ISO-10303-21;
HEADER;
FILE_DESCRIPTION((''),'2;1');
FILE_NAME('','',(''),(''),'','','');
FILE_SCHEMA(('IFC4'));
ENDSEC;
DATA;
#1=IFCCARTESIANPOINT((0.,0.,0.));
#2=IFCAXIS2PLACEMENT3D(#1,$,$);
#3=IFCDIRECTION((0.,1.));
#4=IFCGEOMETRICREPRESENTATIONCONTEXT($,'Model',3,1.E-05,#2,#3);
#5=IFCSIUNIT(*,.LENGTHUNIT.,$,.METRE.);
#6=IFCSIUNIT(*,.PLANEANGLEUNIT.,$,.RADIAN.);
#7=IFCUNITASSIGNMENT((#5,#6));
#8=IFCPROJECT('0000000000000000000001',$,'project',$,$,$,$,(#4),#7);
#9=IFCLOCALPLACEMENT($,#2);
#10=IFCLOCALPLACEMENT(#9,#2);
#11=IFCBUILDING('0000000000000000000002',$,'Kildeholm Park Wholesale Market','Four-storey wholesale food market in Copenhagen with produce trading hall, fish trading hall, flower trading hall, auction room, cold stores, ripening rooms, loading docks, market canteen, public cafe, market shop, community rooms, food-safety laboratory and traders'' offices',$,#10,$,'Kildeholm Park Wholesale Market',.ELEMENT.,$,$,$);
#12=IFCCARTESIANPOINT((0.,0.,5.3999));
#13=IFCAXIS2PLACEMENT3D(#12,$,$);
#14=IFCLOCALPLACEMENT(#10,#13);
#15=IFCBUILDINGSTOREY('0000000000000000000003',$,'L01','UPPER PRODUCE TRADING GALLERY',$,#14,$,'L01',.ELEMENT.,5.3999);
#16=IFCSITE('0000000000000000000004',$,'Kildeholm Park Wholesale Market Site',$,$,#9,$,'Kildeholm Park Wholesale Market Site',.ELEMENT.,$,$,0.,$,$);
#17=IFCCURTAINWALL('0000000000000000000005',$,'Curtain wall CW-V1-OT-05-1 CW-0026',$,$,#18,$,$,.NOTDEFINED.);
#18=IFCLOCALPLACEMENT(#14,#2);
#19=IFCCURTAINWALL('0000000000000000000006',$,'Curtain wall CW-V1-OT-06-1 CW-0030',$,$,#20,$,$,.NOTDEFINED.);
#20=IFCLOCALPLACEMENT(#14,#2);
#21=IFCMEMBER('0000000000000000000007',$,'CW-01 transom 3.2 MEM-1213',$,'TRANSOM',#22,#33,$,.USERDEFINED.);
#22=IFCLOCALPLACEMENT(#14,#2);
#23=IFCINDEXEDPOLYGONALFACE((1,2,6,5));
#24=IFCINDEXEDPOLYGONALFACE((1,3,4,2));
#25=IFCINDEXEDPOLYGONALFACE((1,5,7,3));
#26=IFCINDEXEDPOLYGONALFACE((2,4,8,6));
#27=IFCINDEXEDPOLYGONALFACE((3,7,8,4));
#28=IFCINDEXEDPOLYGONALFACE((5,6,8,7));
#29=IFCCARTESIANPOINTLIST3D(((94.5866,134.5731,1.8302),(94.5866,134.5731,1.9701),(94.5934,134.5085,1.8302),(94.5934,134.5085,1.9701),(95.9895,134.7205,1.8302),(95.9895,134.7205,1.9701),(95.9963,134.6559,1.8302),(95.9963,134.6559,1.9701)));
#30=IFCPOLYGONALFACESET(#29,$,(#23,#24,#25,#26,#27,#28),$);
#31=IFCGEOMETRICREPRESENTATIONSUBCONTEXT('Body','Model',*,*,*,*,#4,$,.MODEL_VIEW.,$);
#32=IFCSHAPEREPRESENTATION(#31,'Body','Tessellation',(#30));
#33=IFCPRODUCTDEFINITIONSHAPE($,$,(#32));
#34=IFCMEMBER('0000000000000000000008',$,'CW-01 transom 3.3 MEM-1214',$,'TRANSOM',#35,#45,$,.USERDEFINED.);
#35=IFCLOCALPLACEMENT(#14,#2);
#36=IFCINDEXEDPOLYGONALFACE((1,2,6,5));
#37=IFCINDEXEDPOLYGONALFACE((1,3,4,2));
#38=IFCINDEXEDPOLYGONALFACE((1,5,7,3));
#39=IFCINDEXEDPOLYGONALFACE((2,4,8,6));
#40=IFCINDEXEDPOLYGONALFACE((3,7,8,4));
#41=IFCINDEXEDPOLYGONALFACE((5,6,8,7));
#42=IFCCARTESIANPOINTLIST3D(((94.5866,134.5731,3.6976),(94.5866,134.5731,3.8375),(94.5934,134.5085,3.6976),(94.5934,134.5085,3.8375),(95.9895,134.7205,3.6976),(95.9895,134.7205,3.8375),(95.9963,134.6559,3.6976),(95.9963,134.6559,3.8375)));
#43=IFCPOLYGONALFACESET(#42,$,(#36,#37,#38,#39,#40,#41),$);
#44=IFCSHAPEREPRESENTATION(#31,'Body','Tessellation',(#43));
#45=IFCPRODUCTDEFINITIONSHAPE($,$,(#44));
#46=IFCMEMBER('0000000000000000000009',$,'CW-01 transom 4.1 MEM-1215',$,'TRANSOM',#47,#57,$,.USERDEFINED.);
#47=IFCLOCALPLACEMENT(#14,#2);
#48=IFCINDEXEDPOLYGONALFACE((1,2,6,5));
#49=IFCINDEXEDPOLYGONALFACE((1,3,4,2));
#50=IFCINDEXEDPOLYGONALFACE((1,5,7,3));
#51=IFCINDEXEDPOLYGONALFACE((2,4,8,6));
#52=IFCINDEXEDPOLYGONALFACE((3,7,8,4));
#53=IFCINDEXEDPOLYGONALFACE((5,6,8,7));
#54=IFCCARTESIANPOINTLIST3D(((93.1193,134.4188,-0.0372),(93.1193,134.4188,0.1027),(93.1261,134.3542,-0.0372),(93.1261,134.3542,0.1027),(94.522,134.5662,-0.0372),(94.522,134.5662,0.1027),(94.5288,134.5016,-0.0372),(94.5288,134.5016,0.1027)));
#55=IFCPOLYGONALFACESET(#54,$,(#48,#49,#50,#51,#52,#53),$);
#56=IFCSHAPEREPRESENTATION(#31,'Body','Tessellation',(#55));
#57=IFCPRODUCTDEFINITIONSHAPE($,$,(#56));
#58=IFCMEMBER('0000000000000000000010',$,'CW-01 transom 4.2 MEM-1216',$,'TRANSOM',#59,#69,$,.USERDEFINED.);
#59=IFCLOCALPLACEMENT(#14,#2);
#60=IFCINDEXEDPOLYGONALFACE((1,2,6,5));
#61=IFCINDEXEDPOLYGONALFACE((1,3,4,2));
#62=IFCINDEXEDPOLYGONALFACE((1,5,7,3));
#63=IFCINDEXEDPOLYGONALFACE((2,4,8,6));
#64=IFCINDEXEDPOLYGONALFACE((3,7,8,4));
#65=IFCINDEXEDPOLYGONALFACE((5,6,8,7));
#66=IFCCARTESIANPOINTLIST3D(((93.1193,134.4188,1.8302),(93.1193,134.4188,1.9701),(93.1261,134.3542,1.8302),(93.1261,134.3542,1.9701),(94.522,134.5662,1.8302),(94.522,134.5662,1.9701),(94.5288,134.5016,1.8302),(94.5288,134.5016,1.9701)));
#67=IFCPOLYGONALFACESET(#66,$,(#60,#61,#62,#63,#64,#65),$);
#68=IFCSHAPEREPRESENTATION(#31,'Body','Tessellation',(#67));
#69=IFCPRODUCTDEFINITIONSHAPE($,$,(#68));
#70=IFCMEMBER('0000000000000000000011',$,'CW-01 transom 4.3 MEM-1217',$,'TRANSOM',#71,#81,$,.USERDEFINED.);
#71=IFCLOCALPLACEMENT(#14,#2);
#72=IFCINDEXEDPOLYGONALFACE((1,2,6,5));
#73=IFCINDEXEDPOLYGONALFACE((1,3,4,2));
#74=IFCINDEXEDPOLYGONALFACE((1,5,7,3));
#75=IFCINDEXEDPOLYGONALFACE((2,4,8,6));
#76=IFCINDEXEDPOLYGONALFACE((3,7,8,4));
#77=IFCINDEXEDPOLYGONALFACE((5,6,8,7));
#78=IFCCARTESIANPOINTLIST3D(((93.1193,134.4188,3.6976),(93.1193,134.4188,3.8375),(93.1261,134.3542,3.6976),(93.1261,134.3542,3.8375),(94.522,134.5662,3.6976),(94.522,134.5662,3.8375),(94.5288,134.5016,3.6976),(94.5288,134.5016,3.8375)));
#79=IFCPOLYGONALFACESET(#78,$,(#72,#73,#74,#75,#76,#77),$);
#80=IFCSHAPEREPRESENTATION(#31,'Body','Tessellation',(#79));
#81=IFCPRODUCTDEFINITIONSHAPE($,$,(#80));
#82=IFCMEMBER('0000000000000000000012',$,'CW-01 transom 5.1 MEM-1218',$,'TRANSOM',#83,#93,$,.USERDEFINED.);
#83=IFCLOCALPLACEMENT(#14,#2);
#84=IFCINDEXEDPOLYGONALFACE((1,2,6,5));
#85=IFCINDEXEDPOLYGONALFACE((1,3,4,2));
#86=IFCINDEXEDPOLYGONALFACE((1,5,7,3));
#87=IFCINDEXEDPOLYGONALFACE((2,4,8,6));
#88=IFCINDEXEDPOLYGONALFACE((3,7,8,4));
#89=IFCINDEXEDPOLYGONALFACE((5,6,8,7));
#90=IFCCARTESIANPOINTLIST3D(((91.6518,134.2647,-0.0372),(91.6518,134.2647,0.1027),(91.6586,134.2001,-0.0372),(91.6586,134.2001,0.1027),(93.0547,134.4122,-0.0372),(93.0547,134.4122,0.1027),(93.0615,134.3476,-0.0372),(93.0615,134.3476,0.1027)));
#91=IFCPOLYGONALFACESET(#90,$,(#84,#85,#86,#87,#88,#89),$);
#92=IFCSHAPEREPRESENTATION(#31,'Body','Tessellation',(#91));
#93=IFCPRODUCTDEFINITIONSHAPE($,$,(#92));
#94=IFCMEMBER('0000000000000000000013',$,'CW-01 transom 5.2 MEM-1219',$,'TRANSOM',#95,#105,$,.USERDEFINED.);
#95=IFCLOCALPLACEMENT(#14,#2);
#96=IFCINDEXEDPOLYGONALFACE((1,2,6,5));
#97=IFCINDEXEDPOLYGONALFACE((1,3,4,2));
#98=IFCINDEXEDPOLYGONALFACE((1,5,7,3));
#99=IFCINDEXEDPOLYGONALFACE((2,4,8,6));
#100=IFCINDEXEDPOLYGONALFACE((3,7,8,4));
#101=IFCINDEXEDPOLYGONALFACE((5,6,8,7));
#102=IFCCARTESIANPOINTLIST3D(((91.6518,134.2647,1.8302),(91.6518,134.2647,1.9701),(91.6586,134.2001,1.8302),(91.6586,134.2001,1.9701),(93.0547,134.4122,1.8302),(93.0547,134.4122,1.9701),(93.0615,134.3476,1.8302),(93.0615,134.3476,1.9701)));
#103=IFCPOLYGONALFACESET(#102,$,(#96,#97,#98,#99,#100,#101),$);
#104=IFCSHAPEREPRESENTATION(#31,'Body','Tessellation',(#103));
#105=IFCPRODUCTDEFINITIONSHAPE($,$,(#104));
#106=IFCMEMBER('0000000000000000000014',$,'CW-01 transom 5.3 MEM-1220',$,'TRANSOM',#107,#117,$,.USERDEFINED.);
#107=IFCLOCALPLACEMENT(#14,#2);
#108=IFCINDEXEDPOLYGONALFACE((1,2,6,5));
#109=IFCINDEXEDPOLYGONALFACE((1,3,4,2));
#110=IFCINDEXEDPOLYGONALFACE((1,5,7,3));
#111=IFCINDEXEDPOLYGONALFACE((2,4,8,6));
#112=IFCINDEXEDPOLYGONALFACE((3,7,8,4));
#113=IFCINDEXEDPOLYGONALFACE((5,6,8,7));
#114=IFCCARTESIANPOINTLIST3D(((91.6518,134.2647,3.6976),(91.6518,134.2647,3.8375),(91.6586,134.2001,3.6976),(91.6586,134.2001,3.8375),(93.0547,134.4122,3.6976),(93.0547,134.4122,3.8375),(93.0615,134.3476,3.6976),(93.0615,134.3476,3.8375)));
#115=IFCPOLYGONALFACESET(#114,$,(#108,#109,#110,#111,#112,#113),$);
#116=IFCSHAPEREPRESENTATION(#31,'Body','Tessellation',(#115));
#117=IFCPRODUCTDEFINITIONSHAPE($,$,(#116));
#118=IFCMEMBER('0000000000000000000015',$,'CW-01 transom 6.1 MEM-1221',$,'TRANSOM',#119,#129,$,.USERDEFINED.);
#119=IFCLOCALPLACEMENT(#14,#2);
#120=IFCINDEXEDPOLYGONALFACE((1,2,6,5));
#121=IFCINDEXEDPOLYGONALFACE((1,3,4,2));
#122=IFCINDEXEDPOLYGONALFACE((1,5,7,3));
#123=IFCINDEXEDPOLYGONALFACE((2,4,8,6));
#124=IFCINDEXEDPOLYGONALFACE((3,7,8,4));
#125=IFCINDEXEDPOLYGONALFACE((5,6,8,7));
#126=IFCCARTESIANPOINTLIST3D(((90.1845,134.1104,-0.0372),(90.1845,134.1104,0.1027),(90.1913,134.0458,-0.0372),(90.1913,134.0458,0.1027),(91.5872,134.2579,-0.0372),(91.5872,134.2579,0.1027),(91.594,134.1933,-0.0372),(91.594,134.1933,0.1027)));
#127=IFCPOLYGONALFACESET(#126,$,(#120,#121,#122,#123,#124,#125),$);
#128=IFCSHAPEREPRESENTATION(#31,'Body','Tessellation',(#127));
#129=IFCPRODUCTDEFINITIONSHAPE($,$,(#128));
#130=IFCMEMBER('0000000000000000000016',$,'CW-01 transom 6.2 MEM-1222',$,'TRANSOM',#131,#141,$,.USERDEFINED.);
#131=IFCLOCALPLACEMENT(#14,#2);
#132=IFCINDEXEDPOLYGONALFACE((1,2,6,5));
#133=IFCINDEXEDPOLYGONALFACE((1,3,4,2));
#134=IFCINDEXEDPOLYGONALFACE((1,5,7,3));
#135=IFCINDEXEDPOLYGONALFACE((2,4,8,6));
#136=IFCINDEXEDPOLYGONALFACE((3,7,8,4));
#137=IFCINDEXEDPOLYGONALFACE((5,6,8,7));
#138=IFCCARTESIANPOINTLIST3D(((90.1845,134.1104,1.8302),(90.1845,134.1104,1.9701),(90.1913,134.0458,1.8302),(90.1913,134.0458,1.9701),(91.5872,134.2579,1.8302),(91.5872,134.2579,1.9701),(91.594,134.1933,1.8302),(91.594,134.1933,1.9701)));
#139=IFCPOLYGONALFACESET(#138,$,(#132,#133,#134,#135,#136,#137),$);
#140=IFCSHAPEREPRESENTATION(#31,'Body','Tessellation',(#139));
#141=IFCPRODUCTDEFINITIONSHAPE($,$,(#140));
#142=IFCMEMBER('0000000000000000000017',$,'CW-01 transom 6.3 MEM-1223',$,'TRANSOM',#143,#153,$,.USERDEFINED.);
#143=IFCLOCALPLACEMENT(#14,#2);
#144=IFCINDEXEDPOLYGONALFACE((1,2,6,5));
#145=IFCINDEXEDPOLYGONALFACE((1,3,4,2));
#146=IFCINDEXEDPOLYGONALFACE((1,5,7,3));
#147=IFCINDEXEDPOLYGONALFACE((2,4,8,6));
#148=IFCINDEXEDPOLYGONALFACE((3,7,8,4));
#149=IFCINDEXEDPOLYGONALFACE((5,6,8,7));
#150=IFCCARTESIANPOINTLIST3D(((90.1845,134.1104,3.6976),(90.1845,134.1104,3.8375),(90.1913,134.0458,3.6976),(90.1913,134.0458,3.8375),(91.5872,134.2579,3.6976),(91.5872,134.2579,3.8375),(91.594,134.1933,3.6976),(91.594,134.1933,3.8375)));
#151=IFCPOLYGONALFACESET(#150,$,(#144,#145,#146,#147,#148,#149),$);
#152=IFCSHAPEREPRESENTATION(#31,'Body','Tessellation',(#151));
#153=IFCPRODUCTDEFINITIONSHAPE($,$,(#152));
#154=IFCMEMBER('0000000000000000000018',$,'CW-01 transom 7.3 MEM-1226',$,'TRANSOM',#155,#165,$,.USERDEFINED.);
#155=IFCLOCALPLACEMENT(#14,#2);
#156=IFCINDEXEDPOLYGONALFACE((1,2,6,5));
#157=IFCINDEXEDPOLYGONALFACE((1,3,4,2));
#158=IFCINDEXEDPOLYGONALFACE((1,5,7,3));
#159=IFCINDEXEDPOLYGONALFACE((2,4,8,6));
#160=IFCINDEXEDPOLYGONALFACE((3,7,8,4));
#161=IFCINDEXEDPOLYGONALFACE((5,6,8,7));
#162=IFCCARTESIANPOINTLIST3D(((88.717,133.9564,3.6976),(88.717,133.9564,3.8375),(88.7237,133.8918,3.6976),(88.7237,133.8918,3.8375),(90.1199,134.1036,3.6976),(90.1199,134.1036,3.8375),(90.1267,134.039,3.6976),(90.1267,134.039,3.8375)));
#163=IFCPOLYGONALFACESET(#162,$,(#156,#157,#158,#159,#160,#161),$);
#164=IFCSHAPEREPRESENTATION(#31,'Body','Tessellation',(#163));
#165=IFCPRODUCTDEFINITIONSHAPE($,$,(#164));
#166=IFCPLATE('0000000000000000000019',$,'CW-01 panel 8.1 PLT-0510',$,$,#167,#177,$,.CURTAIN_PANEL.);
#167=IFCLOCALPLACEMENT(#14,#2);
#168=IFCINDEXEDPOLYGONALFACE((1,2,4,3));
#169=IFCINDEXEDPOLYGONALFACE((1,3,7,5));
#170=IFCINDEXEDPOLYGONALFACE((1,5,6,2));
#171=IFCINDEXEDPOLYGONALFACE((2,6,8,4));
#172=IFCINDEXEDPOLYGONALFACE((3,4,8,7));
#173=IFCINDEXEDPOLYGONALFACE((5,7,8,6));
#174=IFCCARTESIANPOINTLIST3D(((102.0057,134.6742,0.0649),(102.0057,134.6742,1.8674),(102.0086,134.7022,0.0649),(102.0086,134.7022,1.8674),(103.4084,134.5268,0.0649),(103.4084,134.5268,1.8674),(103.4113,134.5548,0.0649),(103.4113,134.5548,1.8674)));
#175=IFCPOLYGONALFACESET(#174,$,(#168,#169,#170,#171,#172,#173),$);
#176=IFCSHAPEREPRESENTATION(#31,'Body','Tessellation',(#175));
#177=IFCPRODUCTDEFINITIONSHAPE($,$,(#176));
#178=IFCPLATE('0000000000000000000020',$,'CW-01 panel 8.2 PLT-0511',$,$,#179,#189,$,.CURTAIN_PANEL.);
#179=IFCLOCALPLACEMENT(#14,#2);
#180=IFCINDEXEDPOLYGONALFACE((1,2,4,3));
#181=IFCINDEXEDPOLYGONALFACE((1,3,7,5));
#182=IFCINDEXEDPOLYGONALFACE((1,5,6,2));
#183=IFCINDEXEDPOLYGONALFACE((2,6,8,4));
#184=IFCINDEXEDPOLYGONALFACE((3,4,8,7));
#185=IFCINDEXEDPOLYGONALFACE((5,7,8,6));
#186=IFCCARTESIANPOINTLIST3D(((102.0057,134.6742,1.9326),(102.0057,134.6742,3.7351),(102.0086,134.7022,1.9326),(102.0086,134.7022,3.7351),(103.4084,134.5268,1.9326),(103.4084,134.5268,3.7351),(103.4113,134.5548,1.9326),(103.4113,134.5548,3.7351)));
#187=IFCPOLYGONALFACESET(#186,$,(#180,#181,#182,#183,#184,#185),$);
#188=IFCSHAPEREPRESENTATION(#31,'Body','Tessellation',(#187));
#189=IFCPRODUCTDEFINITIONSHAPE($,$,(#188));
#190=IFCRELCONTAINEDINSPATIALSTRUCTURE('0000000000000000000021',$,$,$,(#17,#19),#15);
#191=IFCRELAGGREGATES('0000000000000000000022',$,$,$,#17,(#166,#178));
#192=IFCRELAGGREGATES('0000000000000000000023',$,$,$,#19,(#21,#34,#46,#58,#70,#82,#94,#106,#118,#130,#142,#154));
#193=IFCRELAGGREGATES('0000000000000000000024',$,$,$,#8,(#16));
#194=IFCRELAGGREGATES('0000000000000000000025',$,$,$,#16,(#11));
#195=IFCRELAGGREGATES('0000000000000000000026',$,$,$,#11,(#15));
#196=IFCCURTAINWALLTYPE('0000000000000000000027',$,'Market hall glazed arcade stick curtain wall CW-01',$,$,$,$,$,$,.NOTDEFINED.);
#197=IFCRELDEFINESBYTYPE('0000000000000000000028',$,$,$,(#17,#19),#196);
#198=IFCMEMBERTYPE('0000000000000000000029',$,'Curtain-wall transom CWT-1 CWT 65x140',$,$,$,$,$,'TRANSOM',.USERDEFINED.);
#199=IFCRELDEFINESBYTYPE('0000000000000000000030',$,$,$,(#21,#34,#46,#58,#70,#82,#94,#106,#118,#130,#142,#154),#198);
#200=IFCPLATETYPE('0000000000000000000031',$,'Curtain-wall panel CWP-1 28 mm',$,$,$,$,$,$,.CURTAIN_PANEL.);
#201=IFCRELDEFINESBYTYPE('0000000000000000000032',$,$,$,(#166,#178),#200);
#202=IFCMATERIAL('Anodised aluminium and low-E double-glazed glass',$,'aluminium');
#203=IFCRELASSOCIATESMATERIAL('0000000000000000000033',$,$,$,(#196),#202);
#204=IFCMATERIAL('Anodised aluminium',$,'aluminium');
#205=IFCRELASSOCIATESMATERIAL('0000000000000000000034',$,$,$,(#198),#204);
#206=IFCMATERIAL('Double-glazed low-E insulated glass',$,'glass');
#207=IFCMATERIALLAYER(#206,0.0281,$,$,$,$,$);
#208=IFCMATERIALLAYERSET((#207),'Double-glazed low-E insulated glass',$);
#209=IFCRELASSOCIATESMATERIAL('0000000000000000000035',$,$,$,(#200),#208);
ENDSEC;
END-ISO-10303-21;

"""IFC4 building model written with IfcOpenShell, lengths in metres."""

from ifc_helpers import new_model, si_unit, direction, frame, origin, origin_2d, place, context, subcontext, project, spatial, rectangle, extrude, material, layer, layer_set, material_profile, profile_set, type_object, element, aggregate, save


model = new_model("IFC4")

# Units and contexts
model_context = context("Model", 3, precision=1e-05, world=origin(), true_north=direction((0.0, 1.0)))
body_context = subcontext(model_context, "Body", "Model", "MODEL_VIEW")
ifc_project = project(units=[si_unit("LENGTHUNIT", "METRE"), si_unit("PLANEANGLEUNIT", "RADIAN")], contexts=[model_context])

# Site, building, storey
site_placement = place(None, origin())
site = spatial("IfcSite", under=ifc_project, at=site_placement, Name="Kildeholm Park Wholesale Market Site", LongName="Kildeholm Park Wholesale Market Site", CompositionType="ELEMENT", RefElevation=0.0)
building_placement = place(site_placement, origin())
building = spatial("IfcBuilding", under=site, at=building_placement, Name="Kildeholm Park Wholesale Market", Description="Four-storey wholesale food market in Copenhagen with produce trading hall, fish trading hall, flower trading hall, auction room, cold stores, ripening rooms, loading docks, market canteen, public cafe, market shop, community rooms, food-safety laboratory and traders' offices", LongName="Kildeholm Park Wholesale Market", CompositionType="ELEMENT")
storey_placement = place(building_placement, frame((0.0, 0.0, 5.3999)))
storey = spatial("IfcBuildingStorey", under=building, at=storey_placement, Name="L01", Description="UPPER PRODUCE TRADING GALLERY", LongName="L01", CompositionType="ELEMENT", Elevation=5.3999)

# Curtain wall
ifc_material_1 = material(Name="Anodised aluminium and low-E double-glazed glass", Category="aluminium")
curtain_wall_type = type_object("IfcCurtainWallType", Name="Market hall glazed arcade stick curtain wall CW-01", PredefinedType="NOTDEFINED", material=ifc_material_1)
curtain_wall_1_placement = place(storey_placement, origin())
curtain_wall_1 = element("IfcCurtainWall", 1, at=curtain_wall_1_placement, inside=storey, type_object=curtain_wall_type, Name="Curtain wall CW-V1-OT-05-1 CW-0026", PredefinedType="NOTDEFINED")
ifc_material_2 = material(Name="Anodised aluminium", Category="aluminium")

# Curtain wall
curtain_wall_2_placement = place(storey_placement, origin())
curtain_wall_2 = element("IfcCurtainWall", 2, at=curtain_wall_2_placement, inside=storey, type_object=curtain_wall_type, Name="Curtain wall CW-V1-OT-06-1 CW-0030", PredefinedType="NOTDEFINED")

# Members
ifc_material_profile_1 = material_profile(ifc_material_2, rectangle(XDim=0.0649, YDim=0.1399, at=origin_2d()), Name="CWT 65x140")
ifc_profile_set_1 = profile_set([ifc_material_profile_1], Name="Anodised aluminium")
member_type_1 = type_object("IfcMemberType", Name="Curtain-wall transom CWT-1 CWT 65x140", ElementType="TRANSOM", PredefinedType="USERDEFINED", material=ifc_profile_set_1)
member_1_placement = place(storey_placement, frame((95.9929, 134.6882, 1.9001), z_axis=(-0.994521, -0.104541, 0.0), x_axis=(0.104541, -0.994521, 0.0)))
member_1 = element("IfcMember", 3, at=member_1_placement, type_object=member_type_1, Name="CW-01 transom 3.2 MEM-1213", ObjectType="TRANSOM", PredefinedType="USERDEFINED", context=body_context, shape_type="SweptSolid", body=[
    extrude(rectangle(XDim=0.0649, YDim=0.1399, at=origin_2d()), origin(), (0.0, 0.0, 1.0), 1.4106),
])
member_2_placement = place(storey_placement, frame((95.9929, 134.6882, 3.7676), z_axis=(-0.994521, -0.104541, 0.0), x_axis=(0.104541, -0.994521, 0.0)))
member_2 = element("IfcMember", 4, at=member_2_placement, type_object=member_type_1, Name="CW-01 transom 3.3 MEM-1214", ObjectType="TRANSOM", PredefinedType="USERDEFINED", context=body_context, shape_type="SweptSolid", body=[
    extrude(rectangle(XDim=0.0649, YDim=0.1399, at=origin_2d()), origin(), (0.0, 0.0, 1.0), 1.4106),
])
member_3_placement = place(storey_placement, frame((94.5254, 134.5339, 0.0327), z_axis=(-0.994519, -0.104559, 0.0), x_axis=(0.104559, -0.994519, 0.0)))
member_3 = element("IfcMember", 5, at=member_3_placement, type_object=member_type_1, Name="CW-01 transom 4.1 MEM-1215", ObjectType="TRANSOM", PredefinedType="USERDEFINED", context=body_context, shape_type="SweptSolid", body=[
    extrude(rectangle(XDim=0.0649, YDim=0.1399, at=origin_2d()), origin(), (0.0, 0.0, 1.0), 1.4104),
])
member_4_placement = place(storey_placement, frame((94.5254, 134.5339, 1.9001), z_axis=(-0.994519, -0.104559, 0.0), x_axis=(0.104559, -0.994519, 0.0)))
member_4 = element("IfcMember", 6, at=member_4_placement, type_object=member_type_1, Name="CW-01 transom 4.2 MEM-1216", ObjectType="TRANSOM", PredefinedType="USERDEFINED", context=body_context, shape_type="SweptSolid", body=[
    extrude(rectangle(XDim=0.0649, YDim=0.1399, at=origin_2d()), origin(), (0.0, 0.0, 1.0), 1.4104),
])
member_5_placement = place(storey_placement, frame((94.5254, 134.5339, 3.7676), z_axis=(-0.994519, -0.104559, 0.0), x_axis=(0.104559, -0.994519, 0.0)))
member_5 = element("IfcMember", 7, at=member_5_placement, type_object=member_type_1, Name="CW-01 transom 4.3 MEM-1217", ObjectType="TRANSOM", PredefinedType="USERDEFINED", context=body_context, shape_type="SweptSolid", body=[
    extrude(rectangle(XDim=0.0649, YDim=0.1399, at=origin_2d()), origin(), (0.0, 0.0, 1.0), 1.4104),
])
member_6_placement = place(storey_placement, frame((93.0581, 134.3799, 0.0327), z_axis=(-0.994521, -0.104541, 0.0), x_axis=(0.104541, -0.994521, 0.0)))
member_6 = element("IfcMember", 8, at=member_6_placement, type_object=member_type_1, Name="CW-01 transom 5.1 MEM-1218", ObjectType="TRANSOM", PredefinedType="USERDEFINED", context=body_context, shape_type="SweptSolid", body=[
    extrude(rectangle(XDim=0.0649, YDim=0.1399, at=origin_2d()), origin(), (0.0, 0.0, 1.0), 1.4106),
])
member_7_placement = place(storey_placement, frame((93.0581, 134.3799, 1.9001), z_axis=(-0.994521, -0.104541, 0.0), x_axis=(0.104541, -0.994521, 0.0)))
member_7 = element("IfcMember", 9, at=member_7_placement, type_object=member_type_1, Name="CW-01 transom 5.2 MEM-1219", ObjectType="TRANSOM", PredefinedType="USERDEFINED", context=body_context, shape_type="SweptSolid", body=[
    extrude(rectangle(XDim=0.0649, YDim=0.1399, at=origin_2d()), origin(), (0.0, 0.0, 1.0), 1.4106),
])
member_8_placement = place(storey_placement, frame((93.0581, 134.3799, 3.7676), z_axis=(-0.994521, -0.104541, 0.0), x_axis=(0.104541, -0.994521, 0.0)))
member_8 = element("IfcMember", 10, at=member_8_placement, type_object=member_type_1, Name="CW-01 transom 5.3 MEM-1220", ObjectType="TRANSOM", PredefinedType="USERDEFINED", context=body_context, shape_type="SweptSolid", body=[
    extrude(rectangle(XDim=0.0649, YDim=0.1399, at=origin_2d()), origin(), (0.0, 0.0, 1.0), 1.4106),
])
member_9_placement = place(storey_placement, frame((91.5906, 134.2256, 0.0327), z_axis=(-0.994519, -0.104559, 0.0), x_axis=(0.104559, -0.994519, 0.0)))
member_9 = element("IfcMember", 11, at=member_9_placement, type_object=member_type_1, Name="CW-01 transom 6.1 MEM-1221", ObjectType="TRANSOM", PredefinedType="USERDEFINED", context=body_context, shape_type="SweptSolid", body=[
    extrude(rectangle(XDim=0.0649, YDim=0.1399, at=origin_2d()), origin(), (0.0, 0.0, 1.0), 1.4104),
])
member_10_placement = place(storey_placement, frame((91.5906, 134.2256, 1.9001), z_axis=(-0.994519, -0.104559, 0.0), x_axis=(0.104559, -0.994519, 0.0)))
member_10 = element("IfcMember", 12, at=member_10_placement, type_object=member_type_1, Name="CW-01 transom 6.2 MEM-1222", ObjectType="TRANSOM", PredefinedType="USERDEFINED", context=body_context, shape_type="SweptSolid", body=[
    extrude(rectangle(XDim=0.0649, YDim=0.1399, at=origin_2d()), origin(), (0.0, 0.0, 1.0), 1.4104),
])
member_11_placement = place(storey_placement, frame((91.5906, 134.2256, 3.7676), z_axis=(-0.994519, -0.104559, 0.0), x_axis=(0.104559, -0.994519, 0.0)))
member_11 = element("IfcMember", 13, at=member_11_placement, type_object=member_type_1, Name="CW-01 transom 6.3 MEM-1223", ObjectType="TRANSOM", PredefinedType="USERDEFINED", context=body_context, shape_type="SweptSolid", body=[
    extrude(rectangle(XDim=0.0649, YDim=0.1399, at=origin_2d()), origin(), (0.0, 0.0, 1.0), 1.4104),
])
member_12_placement = place(storey_placement, frame((90.1233, 134.0713, 3.7676), z_axis=(-0.994539, -0.104369, 0.0), x_axis=(0.104369, -0.994539, 0.0)))
member_12 = element("IfcMember", 14, at=member_12_placement, type_object=member_type_1, Name="CW-01 transom 7.3 MEM-1226", ObjectType="TRANSOM", PredefinedType="USERDEFINED", context=body_context, shape_type="SweptSolid", body=[
    extrude(rectangle(XDim=0.0649, YDim=0.1399, at=origin_2d()), origin(), (0.0, 0.0, 1.0), 1.4106),
])

# Plates
ifc_material_3 = material(Name="Double-glazed low-E insulated glass", Category="glass")
ifc_layer = layer(ifc_material_3, 0.0281)
ifc_layer_set = layer_set([ifc_layer], Name="Double-glazed low-E insulated glass")
plate_type = type_object("IfcPlateType", Name="Curtain-wall panel CWP-1 28 mm", PredefinedType="CURTAIN_PANEL", material=ifc_layer_set)
plate_1_placement = place(storey_placement, frame((102.7085, 134.6145, 0.0649), z_axis=(0.0, 0.0, 1.0), x_axis=(-0.994524, 0.104508, 0.0)))
plate_1 = element("IfcPlate", 15, at=plate_1_placement, type_object=plate_type, Name="CW-01 panel 8.1 PLT-0510", PredefinedType="CURTAIN_PANEL", context=body_context, shape_type="SweptSolid", body=[
    extrude(rectangle(XDim=1.4104, YDim=0.0281, at=origin_2d()), origin(), (0.0, 0.0, 1.0), 1.8025),
])
plate_2_placement = place(storey_placement, frame((102.7085, 134.6145, 1.9326), z_axis=(0.0, 0.0, 1.0), x_axis=(-0.994524, 0.104508, 0.0)))
plate_2 = element("IfcPlate", 16, at=plate_2_placement, type_object=plate_type, Name="CW-01 panel 8.2 PLT-0511", PredefinedType="CURTAIN_PANEL", context=body_context, shape_type="SweptSolid", body=[
    extrude(rectangle(XDim=1.4104, YDim=0.0281, at=origin_2d()), origin(), (0.0, 0.0, 1.0), 1.8025),
])
aggregate(curtain_wall_1, [plate_1, plate_2])
aggregate(curtain_wall_2, [member_1, member_2, member_3, member_4, member_5, member_6, member_7, member_8, member_9, member_10, member_11, member_12])

save(model, "model.ifc")
